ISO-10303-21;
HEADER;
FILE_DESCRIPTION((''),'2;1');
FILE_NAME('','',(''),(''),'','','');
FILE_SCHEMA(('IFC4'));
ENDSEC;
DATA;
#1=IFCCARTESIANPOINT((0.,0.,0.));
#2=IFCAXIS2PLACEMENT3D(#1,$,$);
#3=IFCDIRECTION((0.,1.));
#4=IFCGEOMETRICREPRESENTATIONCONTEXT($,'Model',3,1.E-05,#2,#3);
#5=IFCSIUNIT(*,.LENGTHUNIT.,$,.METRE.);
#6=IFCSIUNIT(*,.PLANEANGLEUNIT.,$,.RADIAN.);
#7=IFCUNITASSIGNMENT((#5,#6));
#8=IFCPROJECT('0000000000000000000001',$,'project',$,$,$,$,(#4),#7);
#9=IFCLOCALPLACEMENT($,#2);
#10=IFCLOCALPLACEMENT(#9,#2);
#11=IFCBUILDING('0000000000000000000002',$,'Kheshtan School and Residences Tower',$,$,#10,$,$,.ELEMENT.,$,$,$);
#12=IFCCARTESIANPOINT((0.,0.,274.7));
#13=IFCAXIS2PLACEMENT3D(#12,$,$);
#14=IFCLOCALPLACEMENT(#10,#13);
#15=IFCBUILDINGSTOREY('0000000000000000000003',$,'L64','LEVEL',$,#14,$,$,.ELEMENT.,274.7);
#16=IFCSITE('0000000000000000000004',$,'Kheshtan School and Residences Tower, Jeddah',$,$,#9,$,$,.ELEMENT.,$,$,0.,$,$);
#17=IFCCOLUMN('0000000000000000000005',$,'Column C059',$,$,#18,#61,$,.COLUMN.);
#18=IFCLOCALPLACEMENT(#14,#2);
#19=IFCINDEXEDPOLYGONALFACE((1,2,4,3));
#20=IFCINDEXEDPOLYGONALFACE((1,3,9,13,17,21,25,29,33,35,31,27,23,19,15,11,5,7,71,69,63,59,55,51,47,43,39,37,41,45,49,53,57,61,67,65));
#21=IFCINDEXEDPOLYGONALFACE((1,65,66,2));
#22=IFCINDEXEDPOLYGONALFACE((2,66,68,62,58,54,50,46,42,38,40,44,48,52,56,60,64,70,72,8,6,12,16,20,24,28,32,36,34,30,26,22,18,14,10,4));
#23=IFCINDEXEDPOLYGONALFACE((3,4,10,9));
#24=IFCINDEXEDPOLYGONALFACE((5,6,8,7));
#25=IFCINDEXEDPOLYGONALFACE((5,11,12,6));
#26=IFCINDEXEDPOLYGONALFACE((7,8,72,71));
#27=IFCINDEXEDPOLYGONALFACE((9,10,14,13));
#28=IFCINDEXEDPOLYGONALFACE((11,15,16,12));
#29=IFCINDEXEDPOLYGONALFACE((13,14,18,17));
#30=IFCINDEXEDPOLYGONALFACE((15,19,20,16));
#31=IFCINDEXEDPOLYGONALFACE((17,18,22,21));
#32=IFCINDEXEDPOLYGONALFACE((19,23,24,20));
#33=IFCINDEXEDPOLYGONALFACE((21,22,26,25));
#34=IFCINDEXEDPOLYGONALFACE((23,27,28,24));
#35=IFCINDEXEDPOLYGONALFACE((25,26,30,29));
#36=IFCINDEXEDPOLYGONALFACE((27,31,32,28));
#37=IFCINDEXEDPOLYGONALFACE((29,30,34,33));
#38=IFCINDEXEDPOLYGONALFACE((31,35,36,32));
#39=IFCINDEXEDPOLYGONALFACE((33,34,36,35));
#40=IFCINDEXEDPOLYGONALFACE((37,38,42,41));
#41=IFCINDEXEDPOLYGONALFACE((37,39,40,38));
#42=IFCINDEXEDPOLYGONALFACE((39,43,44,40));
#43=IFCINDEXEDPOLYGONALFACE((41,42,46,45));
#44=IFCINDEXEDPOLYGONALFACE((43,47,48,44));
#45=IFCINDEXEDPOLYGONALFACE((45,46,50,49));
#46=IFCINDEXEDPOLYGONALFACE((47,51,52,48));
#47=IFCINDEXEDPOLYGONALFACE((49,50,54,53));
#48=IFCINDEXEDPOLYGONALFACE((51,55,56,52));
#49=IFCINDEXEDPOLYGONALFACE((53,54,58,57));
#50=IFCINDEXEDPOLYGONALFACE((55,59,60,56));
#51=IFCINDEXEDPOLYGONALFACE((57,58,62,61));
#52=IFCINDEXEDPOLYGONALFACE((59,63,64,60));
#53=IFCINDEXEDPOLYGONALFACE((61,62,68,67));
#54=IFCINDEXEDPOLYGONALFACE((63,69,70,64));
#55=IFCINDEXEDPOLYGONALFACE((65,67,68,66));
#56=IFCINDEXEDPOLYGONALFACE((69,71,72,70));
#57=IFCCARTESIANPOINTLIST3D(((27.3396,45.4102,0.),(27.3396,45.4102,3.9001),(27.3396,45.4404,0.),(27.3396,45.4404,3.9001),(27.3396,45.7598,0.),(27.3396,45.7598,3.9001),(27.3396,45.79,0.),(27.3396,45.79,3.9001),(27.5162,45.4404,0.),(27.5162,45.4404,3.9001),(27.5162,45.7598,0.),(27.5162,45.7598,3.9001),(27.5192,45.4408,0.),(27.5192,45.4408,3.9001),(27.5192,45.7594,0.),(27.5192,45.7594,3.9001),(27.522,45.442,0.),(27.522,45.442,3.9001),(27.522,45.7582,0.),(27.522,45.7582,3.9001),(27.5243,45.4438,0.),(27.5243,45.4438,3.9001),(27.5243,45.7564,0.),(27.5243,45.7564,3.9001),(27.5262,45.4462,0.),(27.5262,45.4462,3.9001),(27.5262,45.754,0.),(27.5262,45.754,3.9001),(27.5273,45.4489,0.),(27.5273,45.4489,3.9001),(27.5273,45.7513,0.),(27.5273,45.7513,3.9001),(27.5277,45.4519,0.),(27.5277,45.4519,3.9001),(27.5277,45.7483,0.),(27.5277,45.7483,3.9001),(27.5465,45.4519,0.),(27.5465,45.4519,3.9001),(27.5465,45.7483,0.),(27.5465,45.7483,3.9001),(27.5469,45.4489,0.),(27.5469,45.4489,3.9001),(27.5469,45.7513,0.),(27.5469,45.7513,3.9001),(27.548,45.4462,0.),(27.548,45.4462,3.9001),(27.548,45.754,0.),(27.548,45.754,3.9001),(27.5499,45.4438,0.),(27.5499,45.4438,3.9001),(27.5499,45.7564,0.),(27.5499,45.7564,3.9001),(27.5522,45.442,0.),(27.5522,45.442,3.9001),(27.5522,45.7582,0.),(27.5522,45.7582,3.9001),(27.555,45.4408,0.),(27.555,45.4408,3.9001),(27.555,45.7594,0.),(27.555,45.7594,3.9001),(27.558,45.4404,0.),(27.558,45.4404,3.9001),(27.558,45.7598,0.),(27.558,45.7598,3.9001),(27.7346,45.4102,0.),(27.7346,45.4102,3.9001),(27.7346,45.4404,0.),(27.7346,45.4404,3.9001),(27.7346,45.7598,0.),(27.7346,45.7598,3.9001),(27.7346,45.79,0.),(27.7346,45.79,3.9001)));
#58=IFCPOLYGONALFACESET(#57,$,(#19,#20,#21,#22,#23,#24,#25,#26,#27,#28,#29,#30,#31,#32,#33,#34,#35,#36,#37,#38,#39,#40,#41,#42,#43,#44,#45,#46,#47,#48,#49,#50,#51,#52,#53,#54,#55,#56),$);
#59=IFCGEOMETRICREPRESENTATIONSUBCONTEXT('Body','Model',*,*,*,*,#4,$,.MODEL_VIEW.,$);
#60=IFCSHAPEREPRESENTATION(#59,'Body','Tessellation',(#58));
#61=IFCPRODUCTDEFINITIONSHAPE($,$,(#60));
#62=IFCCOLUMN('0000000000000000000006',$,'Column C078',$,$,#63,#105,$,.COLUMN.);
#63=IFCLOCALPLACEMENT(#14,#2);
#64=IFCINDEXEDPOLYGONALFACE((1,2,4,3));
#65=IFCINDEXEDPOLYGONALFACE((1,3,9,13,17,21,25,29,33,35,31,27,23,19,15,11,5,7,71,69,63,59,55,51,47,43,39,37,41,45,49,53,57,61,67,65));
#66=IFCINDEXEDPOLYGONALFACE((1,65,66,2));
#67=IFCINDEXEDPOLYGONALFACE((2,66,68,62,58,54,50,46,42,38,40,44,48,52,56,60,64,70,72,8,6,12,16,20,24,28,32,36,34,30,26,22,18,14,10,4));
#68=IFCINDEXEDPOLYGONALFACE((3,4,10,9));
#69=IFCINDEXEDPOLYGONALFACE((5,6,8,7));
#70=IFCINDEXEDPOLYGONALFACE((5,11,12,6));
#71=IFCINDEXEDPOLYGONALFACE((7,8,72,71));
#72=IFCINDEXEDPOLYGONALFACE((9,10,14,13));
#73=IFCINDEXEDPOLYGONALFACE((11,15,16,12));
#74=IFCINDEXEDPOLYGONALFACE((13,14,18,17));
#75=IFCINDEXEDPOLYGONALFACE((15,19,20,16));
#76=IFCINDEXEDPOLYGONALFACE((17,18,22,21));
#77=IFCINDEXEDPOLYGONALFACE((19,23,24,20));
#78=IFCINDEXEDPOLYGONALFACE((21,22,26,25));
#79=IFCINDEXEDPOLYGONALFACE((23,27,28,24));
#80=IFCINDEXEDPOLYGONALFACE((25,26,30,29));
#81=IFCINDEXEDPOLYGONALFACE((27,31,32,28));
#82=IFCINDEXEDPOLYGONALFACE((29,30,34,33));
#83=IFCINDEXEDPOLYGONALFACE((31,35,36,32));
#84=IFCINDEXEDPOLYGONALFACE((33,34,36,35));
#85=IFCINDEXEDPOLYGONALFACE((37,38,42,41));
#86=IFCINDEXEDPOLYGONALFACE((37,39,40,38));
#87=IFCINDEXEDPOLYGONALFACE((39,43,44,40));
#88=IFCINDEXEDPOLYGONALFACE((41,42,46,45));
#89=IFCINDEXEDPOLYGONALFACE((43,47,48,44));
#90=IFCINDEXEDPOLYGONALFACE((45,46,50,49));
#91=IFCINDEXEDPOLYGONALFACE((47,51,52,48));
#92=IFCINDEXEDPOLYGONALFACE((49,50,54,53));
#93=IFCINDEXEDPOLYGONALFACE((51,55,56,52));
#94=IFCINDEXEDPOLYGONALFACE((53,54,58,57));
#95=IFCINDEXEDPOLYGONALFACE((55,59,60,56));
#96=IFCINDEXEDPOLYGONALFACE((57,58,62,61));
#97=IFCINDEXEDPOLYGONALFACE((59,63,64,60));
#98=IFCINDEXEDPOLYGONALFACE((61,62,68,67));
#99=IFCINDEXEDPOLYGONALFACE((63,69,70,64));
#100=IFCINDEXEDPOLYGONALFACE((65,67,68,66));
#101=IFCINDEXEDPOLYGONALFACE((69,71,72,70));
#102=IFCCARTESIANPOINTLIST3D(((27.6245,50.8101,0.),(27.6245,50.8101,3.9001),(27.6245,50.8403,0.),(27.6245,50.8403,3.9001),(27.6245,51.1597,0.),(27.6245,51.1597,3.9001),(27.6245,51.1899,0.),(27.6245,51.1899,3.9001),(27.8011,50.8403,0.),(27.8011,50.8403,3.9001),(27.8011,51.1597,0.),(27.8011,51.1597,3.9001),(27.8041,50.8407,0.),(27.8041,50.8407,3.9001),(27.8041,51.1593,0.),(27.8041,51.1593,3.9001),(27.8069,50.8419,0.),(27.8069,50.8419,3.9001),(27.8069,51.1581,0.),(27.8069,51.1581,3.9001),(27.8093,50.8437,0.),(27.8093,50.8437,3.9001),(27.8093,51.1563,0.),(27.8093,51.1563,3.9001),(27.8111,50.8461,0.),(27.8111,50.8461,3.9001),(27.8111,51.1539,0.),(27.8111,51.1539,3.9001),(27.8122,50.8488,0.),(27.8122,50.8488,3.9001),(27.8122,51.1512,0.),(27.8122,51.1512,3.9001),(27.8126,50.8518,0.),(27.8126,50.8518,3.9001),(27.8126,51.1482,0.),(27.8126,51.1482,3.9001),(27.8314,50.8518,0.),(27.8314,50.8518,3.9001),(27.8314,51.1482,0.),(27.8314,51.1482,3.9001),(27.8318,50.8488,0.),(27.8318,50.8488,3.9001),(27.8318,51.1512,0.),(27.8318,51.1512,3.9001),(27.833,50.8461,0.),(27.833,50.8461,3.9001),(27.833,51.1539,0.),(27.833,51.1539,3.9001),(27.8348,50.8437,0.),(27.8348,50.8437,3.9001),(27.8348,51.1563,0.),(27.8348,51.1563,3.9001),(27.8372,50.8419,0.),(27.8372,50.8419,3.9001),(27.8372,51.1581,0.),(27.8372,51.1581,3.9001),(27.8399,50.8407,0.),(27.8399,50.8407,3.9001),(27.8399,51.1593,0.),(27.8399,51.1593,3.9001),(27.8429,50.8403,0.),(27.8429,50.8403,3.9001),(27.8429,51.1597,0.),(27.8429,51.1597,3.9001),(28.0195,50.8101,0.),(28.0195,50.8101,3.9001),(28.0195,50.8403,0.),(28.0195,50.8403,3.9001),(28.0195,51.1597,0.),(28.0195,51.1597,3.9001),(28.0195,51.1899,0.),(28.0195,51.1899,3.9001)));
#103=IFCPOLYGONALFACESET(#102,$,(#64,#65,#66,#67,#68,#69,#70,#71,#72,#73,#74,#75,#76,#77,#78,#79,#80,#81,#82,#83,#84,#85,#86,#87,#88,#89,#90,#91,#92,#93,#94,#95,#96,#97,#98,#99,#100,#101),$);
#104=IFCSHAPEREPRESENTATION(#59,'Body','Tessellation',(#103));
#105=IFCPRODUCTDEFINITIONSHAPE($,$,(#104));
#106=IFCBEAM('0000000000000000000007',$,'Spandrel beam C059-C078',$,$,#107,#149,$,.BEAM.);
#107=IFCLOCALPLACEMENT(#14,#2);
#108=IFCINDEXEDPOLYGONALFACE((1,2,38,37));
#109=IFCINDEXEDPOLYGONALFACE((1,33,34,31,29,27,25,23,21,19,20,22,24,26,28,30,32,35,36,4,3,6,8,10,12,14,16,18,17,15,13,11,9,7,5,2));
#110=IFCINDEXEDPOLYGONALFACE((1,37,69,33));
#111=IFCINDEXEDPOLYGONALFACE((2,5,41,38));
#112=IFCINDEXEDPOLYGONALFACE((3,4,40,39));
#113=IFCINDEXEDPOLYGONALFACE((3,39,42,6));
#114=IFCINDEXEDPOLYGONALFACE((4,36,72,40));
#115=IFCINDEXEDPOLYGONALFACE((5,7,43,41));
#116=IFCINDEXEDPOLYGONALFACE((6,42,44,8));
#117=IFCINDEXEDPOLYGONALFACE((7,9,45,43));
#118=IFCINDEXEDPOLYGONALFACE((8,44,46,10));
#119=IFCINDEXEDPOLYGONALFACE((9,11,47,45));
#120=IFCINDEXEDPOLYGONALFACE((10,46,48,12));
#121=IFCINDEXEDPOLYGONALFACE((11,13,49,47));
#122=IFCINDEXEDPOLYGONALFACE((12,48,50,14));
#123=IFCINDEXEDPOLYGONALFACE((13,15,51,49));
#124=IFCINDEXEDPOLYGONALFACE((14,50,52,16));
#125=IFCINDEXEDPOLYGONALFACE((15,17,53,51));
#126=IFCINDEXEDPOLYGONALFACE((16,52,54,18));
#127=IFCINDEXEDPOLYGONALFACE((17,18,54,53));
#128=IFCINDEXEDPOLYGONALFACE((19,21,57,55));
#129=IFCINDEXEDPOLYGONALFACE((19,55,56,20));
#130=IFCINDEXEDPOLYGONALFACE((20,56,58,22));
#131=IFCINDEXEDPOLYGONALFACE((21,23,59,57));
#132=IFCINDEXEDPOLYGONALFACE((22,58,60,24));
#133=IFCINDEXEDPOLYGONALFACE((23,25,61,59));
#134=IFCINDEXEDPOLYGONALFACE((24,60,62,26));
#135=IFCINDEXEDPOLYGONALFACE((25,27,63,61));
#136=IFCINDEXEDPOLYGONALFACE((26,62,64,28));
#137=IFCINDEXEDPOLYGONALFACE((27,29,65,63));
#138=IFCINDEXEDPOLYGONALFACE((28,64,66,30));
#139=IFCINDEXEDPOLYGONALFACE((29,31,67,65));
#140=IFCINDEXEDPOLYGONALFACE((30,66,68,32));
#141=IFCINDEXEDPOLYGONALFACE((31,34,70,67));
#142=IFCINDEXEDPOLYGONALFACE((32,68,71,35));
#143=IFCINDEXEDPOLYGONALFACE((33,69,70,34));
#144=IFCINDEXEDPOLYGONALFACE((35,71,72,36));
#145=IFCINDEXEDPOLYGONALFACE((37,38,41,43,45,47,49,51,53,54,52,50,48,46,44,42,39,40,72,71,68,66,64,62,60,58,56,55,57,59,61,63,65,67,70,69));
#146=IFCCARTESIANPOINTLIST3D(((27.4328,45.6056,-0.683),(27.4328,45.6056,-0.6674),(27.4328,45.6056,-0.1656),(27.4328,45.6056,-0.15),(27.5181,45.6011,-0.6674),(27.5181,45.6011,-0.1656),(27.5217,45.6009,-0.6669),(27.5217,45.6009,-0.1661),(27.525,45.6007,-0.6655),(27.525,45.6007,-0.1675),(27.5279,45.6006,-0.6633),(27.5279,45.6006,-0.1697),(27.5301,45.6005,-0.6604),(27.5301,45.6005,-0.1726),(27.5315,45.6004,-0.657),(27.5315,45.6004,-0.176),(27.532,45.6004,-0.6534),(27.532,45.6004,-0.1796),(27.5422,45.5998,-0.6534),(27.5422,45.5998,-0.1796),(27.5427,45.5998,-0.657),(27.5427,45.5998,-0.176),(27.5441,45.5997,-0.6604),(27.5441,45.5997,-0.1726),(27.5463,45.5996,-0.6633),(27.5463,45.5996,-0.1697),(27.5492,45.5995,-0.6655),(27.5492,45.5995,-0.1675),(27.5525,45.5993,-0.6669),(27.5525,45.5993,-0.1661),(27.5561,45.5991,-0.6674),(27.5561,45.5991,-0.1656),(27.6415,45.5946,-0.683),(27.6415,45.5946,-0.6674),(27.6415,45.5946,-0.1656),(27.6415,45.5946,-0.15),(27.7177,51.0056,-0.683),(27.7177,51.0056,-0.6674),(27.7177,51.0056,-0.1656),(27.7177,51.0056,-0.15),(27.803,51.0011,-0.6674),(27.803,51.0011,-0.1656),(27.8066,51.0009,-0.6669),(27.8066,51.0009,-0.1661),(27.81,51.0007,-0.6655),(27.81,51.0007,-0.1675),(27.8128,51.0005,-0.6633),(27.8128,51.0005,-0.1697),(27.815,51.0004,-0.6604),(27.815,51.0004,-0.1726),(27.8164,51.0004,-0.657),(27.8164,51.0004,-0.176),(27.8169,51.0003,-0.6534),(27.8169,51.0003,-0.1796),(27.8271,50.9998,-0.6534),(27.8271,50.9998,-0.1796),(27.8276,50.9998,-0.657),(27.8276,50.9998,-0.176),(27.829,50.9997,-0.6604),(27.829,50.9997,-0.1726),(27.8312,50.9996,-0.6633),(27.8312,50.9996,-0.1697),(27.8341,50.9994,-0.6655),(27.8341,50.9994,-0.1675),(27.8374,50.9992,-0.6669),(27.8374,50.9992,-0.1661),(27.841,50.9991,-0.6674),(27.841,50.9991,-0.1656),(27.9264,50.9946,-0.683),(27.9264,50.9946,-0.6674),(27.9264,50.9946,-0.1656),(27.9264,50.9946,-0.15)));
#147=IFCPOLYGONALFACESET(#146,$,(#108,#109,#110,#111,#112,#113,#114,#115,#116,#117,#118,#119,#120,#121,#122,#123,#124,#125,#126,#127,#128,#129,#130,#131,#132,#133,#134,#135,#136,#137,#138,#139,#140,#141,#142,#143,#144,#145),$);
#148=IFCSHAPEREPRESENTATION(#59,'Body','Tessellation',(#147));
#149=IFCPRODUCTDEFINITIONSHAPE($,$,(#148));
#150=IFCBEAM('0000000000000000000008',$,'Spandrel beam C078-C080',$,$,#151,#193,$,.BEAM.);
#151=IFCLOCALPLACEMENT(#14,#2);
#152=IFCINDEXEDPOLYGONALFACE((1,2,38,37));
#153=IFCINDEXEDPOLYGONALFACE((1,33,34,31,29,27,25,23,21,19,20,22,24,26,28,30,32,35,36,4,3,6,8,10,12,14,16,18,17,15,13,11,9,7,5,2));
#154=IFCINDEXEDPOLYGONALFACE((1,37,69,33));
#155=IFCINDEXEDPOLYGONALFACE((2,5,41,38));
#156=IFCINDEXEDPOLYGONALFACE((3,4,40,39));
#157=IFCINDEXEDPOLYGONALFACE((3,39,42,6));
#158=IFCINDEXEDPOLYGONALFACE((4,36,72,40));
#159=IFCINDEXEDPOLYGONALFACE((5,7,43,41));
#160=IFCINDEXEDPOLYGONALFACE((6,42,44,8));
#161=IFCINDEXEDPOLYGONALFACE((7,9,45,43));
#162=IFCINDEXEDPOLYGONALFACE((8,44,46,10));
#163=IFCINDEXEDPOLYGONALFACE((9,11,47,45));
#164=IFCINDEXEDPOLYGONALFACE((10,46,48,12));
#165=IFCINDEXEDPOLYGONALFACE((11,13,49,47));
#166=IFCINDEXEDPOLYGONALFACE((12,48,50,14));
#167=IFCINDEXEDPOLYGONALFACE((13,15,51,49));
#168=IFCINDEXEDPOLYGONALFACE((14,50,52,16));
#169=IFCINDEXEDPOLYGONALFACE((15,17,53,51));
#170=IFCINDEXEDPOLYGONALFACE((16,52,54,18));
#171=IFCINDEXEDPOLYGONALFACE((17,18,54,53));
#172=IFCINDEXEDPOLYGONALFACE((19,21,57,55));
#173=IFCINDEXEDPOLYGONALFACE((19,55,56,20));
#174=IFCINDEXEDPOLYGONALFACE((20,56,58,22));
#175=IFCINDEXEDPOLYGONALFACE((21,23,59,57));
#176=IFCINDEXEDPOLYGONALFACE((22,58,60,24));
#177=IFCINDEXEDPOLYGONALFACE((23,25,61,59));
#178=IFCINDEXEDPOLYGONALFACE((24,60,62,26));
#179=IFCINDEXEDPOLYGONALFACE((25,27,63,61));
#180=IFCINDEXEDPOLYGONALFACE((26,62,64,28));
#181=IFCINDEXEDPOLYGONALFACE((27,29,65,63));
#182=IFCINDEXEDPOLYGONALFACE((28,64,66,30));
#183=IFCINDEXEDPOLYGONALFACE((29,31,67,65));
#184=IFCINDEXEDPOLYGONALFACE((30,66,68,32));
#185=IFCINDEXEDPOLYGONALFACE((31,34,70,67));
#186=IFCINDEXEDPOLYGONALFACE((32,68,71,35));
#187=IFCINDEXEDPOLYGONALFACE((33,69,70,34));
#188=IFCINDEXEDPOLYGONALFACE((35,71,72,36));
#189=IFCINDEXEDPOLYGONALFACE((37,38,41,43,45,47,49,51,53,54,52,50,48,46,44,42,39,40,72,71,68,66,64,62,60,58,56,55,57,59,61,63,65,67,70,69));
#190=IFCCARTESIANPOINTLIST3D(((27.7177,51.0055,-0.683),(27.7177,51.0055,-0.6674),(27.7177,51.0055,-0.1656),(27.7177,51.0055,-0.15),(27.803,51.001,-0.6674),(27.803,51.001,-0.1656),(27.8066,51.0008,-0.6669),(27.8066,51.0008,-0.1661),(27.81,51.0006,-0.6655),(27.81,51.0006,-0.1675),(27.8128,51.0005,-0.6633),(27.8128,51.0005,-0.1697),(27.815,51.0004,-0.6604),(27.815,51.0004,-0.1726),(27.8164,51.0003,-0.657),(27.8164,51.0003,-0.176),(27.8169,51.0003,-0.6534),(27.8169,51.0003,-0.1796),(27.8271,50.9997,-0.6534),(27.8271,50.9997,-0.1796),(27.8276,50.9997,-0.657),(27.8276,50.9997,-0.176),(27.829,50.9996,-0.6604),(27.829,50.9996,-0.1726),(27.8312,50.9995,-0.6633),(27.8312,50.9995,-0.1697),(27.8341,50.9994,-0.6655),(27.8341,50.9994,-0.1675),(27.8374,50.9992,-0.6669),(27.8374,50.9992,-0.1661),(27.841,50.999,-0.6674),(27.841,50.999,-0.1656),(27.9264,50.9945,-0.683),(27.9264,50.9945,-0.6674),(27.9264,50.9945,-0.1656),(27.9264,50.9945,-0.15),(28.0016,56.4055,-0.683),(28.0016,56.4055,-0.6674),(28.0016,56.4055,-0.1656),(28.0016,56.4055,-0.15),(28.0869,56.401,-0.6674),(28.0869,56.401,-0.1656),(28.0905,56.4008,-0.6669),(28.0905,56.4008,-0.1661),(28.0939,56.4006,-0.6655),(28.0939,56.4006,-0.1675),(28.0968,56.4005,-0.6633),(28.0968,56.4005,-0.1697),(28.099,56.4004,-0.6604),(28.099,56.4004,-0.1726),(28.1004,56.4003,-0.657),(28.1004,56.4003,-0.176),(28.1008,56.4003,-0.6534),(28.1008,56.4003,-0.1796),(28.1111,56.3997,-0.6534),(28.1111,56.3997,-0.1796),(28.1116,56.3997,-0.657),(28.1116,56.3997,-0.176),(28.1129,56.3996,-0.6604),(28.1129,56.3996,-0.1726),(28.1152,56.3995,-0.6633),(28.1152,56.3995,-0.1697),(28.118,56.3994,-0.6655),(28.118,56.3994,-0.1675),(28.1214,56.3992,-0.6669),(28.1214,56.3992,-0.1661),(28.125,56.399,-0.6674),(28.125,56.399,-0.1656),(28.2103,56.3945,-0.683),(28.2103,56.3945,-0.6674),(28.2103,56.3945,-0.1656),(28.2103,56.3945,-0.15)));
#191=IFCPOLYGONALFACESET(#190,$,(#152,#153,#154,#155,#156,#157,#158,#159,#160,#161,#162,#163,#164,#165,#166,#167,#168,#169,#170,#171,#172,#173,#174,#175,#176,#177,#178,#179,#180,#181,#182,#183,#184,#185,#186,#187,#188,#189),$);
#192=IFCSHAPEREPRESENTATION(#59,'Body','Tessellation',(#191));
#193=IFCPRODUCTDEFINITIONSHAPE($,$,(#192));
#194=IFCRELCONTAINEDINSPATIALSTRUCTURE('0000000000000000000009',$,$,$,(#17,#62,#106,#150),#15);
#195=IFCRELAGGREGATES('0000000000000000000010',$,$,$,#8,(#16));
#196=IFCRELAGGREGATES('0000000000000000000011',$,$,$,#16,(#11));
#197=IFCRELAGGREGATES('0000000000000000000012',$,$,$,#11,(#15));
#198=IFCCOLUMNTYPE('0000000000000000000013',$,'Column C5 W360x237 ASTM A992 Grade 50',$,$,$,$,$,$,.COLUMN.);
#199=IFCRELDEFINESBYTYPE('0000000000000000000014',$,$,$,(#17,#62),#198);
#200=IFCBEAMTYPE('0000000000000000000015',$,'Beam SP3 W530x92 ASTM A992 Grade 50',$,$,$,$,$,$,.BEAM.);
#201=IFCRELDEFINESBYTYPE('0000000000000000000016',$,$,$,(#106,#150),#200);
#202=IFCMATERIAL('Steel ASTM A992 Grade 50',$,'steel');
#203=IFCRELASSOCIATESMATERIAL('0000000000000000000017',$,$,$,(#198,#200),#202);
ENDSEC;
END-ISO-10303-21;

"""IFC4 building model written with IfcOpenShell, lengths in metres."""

from ifc_helpers import new_model, si_unit, direction, frame, origin, origin_2d, place, context, subcontext, project, spatial, i_section, extrude, material, material_profile, profile_set, type_object, element, save


model = new_model("IFC4")

# Units and contexts
model_context = context("Model", 3, precision=1e-05, world=origin(), true_north=direction((0.0, 1.0)))
body_context = subcontext(model_context, "Body", "Model", "MODEL_VIEW")
ifc_project = project(units=[si_unit("LENGTHUNIT", "METRE"), si_unit("PLANEANGLEUNIT", "RADIAN")], contexts=[model_context])

# Site, building, storey
site_placement = place(None, origin())
site = spatial("IfcSite", under=ifc_project, at=site_placement, Name="Kheshtan School and Residences Tower, Jeddah", CompositionType="ELEMENT", RefElevation=0.0)
building_placement = place(site_placement, origin())
building = spatial("IfcBuilding", under=site, at=building_placement, Name="Kheshtan School and Residences Tower", CompositionType="ELEMENT")
storey_placement = place(building_placement, frame((0.0, 0.0, 274.7)))
storey = spatial("IfcBuildingStorey", under=building, at=storey_placement, Name="L64", Description="LEVEL", CompositionType="ELEMENT", Elevation=274.7)

# Columns
ifc_material_1 = material(Name="Steel ASTM A992 Grade 50", Category="steel")
ifc_material_profile_1 = material_profile(ifc_material_1, i_section(OverallWidth=0.395, OverallDepth=0.3799, WebThickness=0.0188, FlangeThickness=0.0303, FilletRadius=0.0115, at=origin_2d()), Name="W360x237")
ifc_profile_set_1 = profile_set([ifc_material_profile_1], Name="Steel ASTM A992 Grade 50")
column_type = type_object("IfcColumnType", Name="Column C5 W360x237 ASTM A992 Grade 50", PredefinedType="COLUMN", material=ifc_profile_set_1)
for number, where, z_axis, x_axis, name in (
    (1, (27.5371, 45.6001, 0.0), (0.0, 0.0, 1.0), (1.0, 0.0, 0.0), "Column C059"),
    (2, (27.822, 51.0, 0.0), (0.0, 0.0, 1.0), (1.0, 0.0, 0.0), "Column C078"),
):
    element("IfcColumn", number, at=place(storey_placement, frame(where, z_axis=z_axis, x_axis=x_axis)), inside=storey, type_object=column_type, Name=name, PredefinedType="COLUMN", context=body_context, shape_type="SweptSolid", body=[
        extrude(i_section(OverallWidth=0.395, OverallDepth=0.3799, WebThickness=0.0188, FlangeThickness=0.0303, FilletRadius=0.0115, at=origin_2d()), origin(), (0.0, 0.0, 1.0), 3.9001),
    ])

# Beams
ifc_material_profile_2 = material_profile(ifc_material_1, i_section(OverallWidth=0.209, OverallDepth=0.533, WebThickness=0.0103, FlangeThickness=0.0156, FilletRadius=0.0139, at=origin_2d()), Name="W530x92")
ifc_profile_set_2 = profile_set([ifc_material_profile_2], Name="Steel ASTM A992 Grade 50")
beam_type = type_object("IfcBeamType", Name="Beam SP3 W530x92 ASTM A992 Grade 50", PredefinedType="BEAM", material=ifc_profile_set_2)
for number, where, z_axis, x_axis, name in (
    (3, (27.5371, 45.6001, -0.4165), (0.052689, 0.998611, 0.0), (-0.998611, 0.052689, 0.0), "Spandrel beam C059-C078"),
    (4, (27.822, 51.0, -0.4165), (0.052509, 0.99862, 0.0), (-0.99862, 0.052509, 0.0), "Spandrel beam C078-C080"),
):
    element("IfcBeam", number, at=place(storey_placement, frame(where, z_axis=z_axis, x_axis=x_axis)), inside=storey, type_object=beam_type, Name=name, PredefinedType="BEAM", context=body_context, shape_type="SweptSolid", body=[
        extrude(i_section(OverallWidth=0.209, OverallDepth=0.533, WebThickness=0.0103, FlangeThickness=0.0156, FilletRadius=0.0139, at=origin_2d()), origin(), (0.0, 0.0, 1.0), 5.4075),
    ])

save(model, "model.ifc")
